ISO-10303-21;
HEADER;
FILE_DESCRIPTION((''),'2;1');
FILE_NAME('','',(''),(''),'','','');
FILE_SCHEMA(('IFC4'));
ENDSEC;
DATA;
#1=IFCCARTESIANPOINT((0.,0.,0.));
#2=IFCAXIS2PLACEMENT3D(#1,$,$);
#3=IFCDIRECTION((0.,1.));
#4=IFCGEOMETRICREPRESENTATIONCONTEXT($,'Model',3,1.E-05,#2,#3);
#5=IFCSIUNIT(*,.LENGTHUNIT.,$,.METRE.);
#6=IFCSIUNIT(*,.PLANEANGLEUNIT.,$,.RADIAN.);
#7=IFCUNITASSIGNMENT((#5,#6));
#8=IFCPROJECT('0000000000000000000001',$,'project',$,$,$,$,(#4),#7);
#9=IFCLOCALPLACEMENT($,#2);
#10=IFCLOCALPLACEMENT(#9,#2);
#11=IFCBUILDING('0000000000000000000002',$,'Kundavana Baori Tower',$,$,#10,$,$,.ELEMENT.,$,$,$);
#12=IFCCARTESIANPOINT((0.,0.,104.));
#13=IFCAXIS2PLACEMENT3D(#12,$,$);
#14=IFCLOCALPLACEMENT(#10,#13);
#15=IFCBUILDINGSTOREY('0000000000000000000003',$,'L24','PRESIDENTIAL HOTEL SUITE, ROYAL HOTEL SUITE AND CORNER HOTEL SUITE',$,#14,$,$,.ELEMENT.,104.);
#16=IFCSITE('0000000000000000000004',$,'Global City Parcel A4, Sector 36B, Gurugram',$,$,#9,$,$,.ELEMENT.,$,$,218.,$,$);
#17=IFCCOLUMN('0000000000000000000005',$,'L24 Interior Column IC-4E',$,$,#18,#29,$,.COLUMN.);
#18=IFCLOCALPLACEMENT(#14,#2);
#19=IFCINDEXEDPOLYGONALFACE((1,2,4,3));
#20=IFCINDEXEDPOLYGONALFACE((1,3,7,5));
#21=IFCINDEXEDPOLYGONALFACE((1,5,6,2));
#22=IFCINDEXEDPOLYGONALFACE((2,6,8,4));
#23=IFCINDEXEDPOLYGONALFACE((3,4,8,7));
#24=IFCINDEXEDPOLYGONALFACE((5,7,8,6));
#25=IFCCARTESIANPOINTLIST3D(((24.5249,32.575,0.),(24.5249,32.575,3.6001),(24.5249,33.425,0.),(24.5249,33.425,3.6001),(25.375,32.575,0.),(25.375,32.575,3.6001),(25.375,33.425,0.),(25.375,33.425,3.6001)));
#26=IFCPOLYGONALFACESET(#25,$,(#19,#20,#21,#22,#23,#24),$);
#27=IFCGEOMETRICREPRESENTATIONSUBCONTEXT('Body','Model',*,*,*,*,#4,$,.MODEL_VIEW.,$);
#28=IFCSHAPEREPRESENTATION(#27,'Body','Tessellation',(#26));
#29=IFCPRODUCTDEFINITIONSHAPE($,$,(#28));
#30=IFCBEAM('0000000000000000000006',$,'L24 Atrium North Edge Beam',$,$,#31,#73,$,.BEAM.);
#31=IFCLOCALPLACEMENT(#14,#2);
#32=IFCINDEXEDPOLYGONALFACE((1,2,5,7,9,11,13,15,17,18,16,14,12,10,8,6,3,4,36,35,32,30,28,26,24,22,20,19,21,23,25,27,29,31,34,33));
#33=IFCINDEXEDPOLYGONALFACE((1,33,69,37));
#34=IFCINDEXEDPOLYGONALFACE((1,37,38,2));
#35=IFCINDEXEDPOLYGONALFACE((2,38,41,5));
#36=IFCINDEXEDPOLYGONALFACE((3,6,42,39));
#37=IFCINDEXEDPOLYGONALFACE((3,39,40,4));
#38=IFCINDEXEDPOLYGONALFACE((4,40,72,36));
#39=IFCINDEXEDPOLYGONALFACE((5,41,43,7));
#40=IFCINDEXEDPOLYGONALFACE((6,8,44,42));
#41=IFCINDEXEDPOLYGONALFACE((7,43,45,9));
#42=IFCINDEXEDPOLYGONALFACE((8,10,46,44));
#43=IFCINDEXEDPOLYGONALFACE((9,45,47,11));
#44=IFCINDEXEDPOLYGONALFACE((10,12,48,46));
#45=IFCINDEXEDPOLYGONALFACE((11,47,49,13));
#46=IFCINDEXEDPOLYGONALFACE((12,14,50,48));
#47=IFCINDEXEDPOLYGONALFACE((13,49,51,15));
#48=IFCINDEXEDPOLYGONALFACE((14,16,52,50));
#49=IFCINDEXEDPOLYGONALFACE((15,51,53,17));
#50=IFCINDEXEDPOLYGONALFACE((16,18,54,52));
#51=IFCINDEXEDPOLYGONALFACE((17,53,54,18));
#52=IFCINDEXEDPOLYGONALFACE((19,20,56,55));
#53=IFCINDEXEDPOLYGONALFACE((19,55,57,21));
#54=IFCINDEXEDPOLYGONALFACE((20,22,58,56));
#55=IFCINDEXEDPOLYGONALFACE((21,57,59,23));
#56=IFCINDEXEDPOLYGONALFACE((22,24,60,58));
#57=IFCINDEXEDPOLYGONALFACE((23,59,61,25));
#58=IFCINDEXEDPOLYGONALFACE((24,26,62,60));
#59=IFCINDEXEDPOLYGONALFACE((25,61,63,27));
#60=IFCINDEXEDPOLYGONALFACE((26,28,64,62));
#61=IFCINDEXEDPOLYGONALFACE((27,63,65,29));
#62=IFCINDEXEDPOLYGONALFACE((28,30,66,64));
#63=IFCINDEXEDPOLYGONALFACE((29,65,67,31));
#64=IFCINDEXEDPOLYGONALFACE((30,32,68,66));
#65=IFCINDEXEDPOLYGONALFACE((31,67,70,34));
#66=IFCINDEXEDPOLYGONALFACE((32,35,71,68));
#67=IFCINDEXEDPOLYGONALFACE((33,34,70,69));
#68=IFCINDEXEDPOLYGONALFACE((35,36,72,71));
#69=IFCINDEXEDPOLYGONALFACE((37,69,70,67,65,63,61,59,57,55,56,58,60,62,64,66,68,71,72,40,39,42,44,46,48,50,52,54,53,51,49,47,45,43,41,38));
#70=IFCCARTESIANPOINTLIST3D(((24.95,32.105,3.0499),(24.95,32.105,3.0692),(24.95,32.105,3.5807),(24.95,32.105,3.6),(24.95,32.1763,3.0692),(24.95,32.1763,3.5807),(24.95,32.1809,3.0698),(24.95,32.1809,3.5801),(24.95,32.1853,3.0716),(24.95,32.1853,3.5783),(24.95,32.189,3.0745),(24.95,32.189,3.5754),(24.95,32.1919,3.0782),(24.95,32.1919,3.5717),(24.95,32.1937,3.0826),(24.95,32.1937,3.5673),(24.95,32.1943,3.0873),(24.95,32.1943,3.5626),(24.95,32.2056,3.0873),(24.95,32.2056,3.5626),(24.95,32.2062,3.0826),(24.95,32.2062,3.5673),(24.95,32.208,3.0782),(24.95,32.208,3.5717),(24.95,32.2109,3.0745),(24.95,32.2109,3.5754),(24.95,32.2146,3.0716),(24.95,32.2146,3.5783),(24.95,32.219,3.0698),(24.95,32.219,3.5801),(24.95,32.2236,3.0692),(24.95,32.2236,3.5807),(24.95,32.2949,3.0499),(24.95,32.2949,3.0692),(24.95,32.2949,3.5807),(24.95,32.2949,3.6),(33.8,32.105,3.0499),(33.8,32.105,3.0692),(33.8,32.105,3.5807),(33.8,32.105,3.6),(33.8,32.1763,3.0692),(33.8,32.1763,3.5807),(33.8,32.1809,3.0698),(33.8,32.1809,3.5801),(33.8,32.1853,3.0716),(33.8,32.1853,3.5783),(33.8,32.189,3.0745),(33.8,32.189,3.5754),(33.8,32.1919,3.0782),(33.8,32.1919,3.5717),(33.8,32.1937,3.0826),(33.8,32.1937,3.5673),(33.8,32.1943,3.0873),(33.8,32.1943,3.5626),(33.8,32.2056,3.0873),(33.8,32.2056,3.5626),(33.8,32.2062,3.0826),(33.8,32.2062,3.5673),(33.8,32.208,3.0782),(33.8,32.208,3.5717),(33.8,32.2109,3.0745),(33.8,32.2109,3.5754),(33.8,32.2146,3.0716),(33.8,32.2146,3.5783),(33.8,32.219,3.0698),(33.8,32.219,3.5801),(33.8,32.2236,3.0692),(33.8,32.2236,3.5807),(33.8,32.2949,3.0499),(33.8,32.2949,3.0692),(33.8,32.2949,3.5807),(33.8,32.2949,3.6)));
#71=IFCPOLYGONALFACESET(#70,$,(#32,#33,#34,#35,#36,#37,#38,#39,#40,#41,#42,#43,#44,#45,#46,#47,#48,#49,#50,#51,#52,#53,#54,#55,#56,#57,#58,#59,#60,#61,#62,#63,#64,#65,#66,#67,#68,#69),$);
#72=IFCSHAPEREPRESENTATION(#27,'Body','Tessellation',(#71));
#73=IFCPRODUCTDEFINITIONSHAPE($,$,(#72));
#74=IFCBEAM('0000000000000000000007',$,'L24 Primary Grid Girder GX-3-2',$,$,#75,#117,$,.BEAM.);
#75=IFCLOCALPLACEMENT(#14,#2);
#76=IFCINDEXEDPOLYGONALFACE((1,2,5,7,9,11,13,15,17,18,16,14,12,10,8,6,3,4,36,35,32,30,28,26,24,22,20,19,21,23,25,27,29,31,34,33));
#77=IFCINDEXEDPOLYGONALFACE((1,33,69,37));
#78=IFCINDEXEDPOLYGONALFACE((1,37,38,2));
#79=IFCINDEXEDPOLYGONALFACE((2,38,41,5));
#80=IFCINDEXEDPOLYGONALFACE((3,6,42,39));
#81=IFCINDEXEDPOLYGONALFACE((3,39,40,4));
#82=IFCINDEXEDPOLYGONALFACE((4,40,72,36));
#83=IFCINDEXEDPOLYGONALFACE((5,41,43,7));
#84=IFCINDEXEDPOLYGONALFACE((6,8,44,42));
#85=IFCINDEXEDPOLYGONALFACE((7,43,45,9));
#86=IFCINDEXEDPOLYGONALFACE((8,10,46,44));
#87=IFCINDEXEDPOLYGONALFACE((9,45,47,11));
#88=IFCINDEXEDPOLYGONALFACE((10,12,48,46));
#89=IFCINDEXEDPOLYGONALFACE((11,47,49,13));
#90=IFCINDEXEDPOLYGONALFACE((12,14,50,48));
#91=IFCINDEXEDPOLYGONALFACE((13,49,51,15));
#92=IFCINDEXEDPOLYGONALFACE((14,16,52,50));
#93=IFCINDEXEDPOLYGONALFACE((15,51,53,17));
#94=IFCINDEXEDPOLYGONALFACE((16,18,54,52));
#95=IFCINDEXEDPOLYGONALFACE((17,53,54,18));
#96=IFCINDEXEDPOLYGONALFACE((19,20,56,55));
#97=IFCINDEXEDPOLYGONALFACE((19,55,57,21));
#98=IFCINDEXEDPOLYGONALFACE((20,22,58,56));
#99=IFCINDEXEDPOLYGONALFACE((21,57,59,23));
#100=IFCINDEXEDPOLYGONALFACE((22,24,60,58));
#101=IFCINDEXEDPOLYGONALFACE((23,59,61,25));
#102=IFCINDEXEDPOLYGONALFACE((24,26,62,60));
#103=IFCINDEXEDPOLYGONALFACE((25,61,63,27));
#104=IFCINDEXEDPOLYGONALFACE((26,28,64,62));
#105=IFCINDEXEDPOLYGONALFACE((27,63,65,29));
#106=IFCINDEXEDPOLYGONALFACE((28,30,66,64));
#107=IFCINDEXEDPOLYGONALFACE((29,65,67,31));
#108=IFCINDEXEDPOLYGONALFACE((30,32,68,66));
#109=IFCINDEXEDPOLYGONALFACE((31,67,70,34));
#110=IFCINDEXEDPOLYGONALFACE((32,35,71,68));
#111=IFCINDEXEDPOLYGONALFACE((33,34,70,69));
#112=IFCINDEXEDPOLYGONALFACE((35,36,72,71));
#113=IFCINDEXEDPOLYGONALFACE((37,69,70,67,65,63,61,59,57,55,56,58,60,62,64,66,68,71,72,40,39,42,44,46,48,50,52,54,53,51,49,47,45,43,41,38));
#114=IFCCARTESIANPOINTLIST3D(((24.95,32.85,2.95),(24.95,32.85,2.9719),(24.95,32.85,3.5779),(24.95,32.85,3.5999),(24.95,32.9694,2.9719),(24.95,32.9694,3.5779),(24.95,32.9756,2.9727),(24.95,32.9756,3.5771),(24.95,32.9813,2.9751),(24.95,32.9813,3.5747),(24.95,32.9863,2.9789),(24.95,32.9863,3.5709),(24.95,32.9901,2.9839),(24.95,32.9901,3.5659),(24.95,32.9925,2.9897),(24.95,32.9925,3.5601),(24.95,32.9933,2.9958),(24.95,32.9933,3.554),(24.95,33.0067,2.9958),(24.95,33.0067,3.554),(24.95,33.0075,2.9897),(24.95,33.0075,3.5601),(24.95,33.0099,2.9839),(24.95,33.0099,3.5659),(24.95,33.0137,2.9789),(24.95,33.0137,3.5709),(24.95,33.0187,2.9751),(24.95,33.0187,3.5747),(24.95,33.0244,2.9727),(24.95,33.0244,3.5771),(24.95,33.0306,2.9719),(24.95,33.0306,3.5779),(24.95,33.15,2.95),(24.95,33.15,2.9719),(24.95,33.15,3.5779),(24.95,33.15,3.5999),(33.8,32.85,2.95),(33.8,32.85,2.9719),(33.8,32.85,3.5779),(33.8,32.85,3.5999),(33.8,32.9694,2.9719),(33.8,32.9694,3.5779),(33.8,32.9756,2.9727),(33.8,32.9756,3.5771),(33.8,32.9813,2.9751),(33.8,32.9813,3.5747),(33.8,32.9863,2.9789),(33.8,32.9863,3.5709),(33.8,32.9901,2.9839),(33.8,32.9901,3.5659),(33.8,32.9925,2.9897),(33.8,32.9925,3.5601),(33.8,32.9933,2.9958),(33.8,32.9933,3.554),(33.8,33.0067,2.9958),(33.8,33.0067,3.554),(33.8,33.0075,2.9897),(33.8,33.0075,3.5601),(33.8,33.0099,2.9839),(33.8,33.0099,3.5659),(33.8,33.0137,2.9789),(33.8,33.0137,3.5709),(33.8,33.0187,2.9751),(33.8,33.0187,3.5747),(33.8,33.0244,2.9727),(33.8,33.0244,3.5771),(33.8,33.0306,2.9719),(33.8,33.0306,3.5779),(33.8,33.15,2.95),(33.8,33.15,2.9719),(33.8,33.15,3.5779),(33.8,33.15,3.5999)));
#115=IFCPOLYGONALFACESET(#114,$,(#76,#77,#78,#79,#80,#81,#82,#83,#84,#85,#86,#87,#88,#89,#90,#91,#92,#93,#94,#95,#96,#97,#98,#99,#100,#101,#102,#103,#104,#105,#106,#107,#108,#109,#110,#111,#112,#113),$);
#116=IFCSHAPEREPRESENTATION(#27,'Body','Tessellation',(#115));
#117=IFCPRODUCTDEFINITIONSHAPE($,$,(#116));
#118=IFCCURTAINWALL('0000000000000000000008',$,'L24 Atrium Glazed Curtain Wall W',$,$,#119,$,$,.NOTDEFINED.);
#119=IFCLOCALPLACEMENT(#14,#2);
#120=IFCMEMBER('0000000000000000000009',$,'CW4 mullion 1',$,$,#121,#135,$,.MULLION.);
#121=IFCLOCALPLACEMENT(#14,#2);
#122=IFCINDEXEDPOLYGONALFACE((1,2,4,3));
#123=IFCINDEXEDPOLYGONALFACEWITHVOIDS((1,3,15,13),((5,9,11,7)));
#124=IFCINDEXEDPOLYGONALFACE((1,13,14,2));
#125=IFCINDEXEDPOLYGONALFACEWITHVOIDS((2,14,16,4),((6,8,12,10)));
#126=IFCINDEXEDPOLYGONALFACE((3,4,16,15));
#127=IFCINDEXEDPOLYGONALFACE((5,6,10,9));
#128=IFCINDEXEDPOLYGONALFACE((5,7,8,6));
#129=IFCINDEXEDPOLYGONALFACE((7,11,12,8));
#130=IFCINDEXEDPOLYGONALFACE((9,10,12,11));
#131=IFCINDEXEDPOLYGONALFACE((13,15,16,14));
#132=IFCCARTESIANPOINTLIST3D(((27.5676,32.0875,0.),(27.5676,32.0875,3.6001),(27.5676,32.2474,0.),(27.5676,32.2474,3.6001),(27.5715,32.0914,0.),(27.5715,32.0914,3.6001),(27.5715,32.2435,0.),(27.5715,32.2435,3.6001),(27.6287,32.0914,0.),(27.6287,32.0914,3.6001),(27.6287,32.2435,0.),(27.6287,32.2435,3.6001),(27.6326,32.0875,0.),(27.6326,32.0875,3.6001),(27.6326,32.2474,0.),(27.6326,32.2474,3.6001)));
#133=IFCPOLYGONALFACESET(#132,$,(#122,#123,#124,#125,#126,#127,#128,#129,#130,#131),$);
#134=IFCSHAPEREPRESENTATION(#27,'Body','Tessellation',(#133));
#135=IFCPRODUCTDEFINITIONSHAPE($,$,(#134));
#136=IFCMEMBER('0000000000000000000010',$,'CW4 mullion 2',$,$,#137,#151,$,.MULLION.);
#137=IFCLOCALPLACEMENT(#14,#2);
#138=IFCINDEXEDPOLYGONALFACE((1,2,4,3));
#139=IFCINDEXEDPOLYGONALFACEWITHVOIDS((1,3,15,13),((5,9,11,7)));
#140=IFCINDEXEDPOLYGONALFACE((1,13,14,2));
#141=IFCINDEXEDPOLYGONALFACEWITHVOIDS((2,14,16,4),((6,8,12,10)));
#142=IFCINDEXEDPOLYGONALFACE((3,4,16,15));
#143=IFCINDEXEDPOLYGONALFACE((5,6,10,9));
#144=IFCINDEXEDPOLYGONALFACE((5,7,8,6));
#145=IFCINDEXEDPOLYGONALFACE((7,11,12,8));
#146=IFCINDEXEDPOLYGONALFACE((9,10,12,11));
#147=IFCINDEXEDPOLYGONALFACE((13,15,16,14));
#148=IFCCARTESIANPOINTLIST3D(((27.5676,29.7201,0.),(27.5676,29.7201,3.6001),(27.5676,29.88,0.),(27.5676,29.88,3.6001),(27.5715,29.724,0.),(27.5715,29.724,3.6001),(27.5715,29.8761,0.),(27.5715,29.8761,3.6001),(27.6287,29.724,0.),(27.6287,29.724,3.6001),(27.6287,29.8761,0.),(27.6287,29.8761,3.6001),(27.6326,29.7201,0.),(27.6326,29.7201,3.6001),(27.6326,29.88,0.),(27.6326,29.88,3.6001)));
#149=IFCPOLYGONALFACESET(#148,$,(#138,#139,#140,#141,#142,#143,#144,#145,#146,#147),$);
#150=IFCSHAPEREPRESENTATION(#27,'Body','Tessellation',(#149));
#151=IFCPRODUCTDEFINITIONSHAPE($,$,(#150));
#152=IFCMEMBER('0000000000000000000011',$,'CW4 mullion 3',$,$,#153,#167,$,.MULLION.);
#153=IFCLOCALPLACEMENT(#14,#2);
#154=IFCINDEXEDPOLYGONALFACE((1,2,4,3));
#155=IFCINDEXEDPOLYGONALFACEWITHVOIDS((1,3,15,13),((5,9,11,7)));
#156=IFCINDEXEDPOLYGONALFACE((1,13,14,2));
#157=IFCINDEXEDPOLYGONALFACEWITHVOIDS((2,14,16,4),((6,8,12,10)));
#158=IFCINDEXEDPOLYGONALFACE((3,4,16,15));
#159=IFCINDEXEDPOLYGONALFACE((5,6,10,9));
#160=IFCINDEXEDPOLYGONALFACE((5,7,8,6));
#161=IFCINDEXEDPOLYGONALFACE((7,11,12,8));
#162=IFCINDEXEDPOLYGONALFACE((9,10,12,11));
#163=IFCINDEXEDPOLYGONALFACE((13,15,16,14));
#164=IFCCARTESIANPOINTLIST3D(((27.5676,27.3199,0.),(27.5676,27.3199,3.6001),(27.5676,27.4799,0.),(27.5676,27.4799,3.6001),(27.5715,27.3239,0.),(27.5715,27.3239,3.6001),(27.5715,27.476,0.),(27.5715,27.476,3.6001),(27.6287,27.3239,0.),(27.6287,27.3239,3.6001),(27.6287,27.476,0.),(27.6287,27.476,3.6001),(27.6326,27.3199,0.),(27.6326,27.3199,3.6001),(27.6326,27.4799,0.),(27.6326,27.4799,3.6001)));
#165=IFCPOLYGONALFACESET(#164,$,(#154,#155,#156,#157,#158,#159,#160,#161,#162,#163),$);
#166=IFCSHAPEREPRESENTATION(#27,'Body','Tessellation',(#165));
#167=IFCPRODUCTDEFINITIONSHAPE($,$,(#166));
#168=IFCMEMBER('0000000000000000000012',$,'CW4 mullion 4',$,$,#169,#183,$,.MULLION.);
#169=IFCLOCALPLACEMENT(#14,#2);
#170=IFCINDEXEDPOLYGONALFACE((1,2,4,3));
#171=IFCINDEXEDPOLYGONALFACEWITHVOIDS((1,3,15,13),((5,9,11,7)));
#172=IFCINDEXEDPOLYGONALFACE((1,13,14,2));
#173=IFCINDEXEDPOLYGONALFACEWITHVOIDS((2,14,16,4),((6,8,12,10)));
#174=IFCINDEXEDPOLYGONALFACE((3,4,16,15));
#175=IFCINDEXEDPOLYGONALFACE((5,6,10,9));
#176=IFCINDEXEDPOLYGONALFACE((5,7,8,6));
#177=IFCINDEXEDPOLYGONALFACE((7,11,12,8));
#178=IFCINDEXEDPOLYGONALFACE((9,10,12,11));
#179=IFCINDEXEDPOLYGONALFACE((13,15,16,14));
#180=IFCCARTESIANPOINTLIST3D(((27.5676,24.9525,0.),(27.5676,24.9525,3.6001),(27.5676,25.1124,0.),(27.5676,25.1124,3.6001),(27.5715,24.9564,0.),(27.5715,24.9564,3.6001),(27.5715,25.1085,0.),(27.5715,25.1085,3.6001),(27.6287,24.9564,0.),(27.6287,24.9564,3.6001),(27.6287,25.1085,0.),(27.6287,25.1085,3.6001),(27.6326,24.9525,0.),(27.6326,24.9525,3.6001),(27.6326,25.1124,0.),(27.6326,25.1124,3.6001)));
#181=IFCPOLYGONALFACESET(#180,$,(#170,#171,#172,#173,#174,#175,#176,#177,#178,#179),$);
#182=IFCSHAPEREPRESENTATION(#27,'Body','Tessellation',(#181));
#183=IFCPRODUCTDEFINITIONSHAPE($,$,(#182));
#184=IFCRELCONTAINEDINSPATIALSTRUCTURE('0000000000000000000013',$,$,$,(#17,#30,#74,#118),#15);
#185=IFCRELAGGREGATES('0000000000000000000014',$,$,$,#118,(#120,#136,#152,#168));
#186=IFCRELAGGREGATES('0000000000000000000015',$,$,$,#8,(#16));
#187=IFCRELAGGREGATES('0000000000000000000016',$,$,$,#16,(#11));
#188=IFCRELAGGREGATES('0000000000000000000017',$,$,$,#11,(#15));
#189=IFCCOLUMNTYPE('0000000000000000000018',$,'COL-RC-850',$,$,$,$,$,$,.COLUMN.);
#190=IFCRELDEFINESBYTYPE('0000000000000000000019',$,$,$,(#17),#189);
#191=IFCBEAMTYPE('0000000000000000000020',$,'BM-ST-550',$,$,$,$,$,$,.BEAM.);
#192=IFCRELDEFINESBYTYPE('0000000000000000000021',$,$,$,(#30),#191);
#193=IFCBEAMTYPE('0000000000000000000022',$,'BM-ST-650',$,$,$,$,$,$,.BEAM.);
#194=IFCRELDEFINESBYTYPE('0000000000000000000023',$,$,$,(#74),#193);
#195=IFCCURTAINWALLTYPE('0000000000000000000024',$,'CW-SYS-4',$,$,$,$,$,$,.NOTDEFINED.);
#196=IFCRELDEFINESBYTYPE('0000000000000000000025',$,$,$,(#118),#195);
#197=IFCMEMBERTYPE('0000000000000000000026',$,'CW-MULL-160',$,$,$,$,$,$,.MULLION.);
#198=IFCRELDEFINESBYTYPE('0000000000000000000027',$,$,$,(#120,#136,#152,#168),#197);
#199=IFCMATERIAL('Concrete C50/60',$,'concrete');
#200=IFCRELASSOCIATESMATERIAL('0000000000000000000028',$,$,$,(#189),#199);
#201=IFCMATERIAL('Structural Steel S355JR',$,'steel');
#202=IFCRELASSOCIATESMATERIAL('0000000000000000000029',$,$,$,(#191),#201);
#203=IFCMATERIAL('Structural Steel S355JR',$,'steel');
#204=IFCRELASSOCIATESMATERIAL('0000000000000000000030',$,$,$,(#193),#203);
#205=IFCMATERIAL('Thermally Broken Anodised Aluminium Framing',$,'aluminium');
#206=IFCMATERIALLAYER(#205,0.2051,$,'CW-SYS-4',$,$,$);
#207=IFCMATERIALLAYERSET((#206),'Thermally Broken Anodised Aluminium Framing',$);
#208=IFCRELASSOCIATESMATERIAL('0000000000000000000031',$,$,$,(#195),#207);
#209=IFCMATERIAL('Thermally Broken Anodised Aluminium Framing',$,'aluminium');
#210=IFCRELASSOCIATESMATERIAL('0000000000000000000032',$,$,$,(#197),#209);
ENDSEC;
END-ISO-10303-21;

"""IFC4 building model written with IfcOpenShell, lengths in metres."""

from ifc_helpers import new_model, si_unit, direction, frame, origin, origin_2d, place, context, subcontext, project, spatial, rectangle, hollow_rectangle, i_section, extrude, material, layer, layer_set, material_profile, profile_set, type_object, element, aggregate, save


model = new_model("IFC4")

# Units and contexts
model_context = context("Model", 3, precision=1e-05, world=origin(), true_north=direction((0.0, 1.0)))
body_context = subcontext(model_context, "Body", "Model", "MODEL_VIEW")
ifc_project = project(units=[si_unit("LENGTHUNIT", "METRE"), si_unit("PLANEANGLEUNIT", "RADIAN")], contexts=[model_context])

# Site, building, storey
site_placement = place(None, origin())
site = spatial("IfcSite", under=ifc_project, at=site_placement, Name="Global City Parcel A4, Sector 36B, Gurugram", CompositionType="ELEMENT", RefElevation=218.0)
building_placement = place(site_placement, origin())
building = spatial("IfcBuilding", under=site, at=building_placement, Name="Kundavana Baori Tower", CompositionType="ELEMENT")
storey_placement = place(building_placement, frame((0.0, 0.0, 104.0)))
storey = spatial("IfcBuildingStorey", under=building, at=storey_placement, Name="L24", Description="PRESIDENTIAL HOTEL SUITE, ROYAL HOTEL SUITE AND CORNER HOTEL SUITE", CompositionType="ELEMENT", Elevation=104.0)

# Column
ifc_material_1 = material(Name="Concrete C50/60", Category="concrete")
ifc_material_profile_1 = material_profile(ifc_material_1, rectangle(XDim=0.8501, YDim=0.8501, at=origin_2d()), Name="RC 850x850")
ifc_profile_set_1 = profile_set([ifc_material_profile_1], Name="Concrete C50/60")
column_type = type_object("IfcColumnType", Name="COL-RC-850", PredefinedType="COLUMN", material=ifc_profile_set_1)
column_placement = place(storey_placement, frame((24.95, 33.0, 0.0), z_axis=(0.0, 0.0, 1.0), x_axis=(1.0, 0.0, 0.0)))
element("IfcColumn", 1, at=column_placement, inside=storey, type_object=column_type, Name="L24 Interior Column IC-4E", PredefinedType="COLUMN", context=body_context, shape_type="SweptSolid", body=[
    extrude(rectangle(XDim=0.8501, YDim=0.8501, at=origin_2d()), origin(), (0.0, 0.0, 1.0), 3.6001),
])

# Beams
ifc_material_2 = material(Name="Structural Steel S355JR", Category="steel")
ifc_material_profile_2 = material_profile(ifc_material_2, i_section(OverallWidth=0.1899, OverallDepth=0.55, WebThickness=0.0112, FlangeThickness=0.0193, FilletRadius=0.0181, at=origin_2d()), Name="ISMB 550")
ifc_profile_set_2 = profile_set([ifc_material_profile_2], Name="Structural Steel S355JR")
beam_type_1 = type_object("IfcBeamType", Name="BM-ST-550", PredefinedType="BEAM", material=ifc_profile_set_2)
beam_1_placement = place(storey_placement, frame((24.95, 32.2, 3.325), z_axis=(1.0, 0.0, 0.0), x_axis=(0.0, 1.0, 0.0)))
element("IfcBeam", 2, at=beam_1_placement, inside=storey, type_object=beam_type_1, Name="L24 Atrium North Edge Beam", PredefinedType="BEAM", context=body_context, shape_type="SweptSolid", body=[
    extrude(i_section(OverallWidth=0.1899, OverallDepth=0.55, WebThickness=0.0112, FlangeThickness=0.0193, FilletRadius=0.0181, at=origin_2d()), origin(), (0.0, 0.0, 1.0), 8.8501),
])
ifc_material_3 = material(Name="Structural Steel S355JR", Category="steel")
ifc_material_profile_3 = material_profile(ifc_material_3, i_section(OverallWidth=0.3, OverallDepth=0.6499, WebThickness=0.0134, FlangeThickness=0.022, FilletRadius=0.0239, at=origin_2d()), Name="NPB 650x300x155")
ifc_profile_set_3 = profile_set([ifc_material_profile_3], Name="Structural Steel S355JR")
beam_type_2 = type_object("IfcBeamType", Name="BM-ST-650", PredefinedType="BEAM", material=ifc_profile_set_3)
beam_2_placement = place(storey_placement, frame((24.95, 33.0, 3.2749), z_axis=(1.0, 0.0, 0.0), x_axis=(0.0, 1.0, 0.0)))
element("IfcBeam", 3, at=beam_2_placement, inside=storey, type_object=beam_type_2, Name="L24 Primary Grid Girder GX-3-2", PredefinedType="BEAM", context=body_context, shape_type="SweptSolid", body=[
    extrude(i_section(OverallWidth=0.3, OverallDepth=0.6499, WebThickness=0.0134, FlangeThickness=0.022, FilletRadius=0.0239, at=origin_2d()), origin(), (0.0, 0.0, 1.0), 8.8501),
])

# Curtain wall, members
ifc_material_4 = material(Name="Thermally Broken Anodised Aluminium Framing", Category="aluminium")
ifc_layer_1 = layer(ifc_material_4, 0.2051, Name="CW-SYS-4")
ifc_layer_set_1 = layer_set([ifc_layer_1], Name="Thermally Broken Anodised Aluminium Framing")
curtain_wall_type = type_object("IfcCurtainWallType", Name="CW-SYS-4", PredefinedType="NOTDEFINED", material=ifc_layer_set_1)
curtain_wall_placement = place(storey_placement, origin())
curtain_wall = element("IfcCurtainWall", 4, at=curtain_wall_placement, inside=storey, type_object=curtain_wall_type, Name="L24 Atrium Glazed Curtain Wall W", PredefinedType="NOTDEFINED")
ifc_material_5 = material(Name="Thermally Broken Anodised Aluminium Framing", Category="aluminium")
ifc_material_profile_4 = material_profile(ifc_material_5, hollow_rectangle(XDim=0.0649, YDim=0.1599, WallThickness=0.0039, at=origin_2d()), Name="CW-MULL-160")
ifc_profile_set_4 = profile_set([ifc_material_profile_4], Name="Thermally Broken Anodised Aluminium Framing")
member_type_1 = type_object("IfcMemberType", Name="CW-MULL-160", PredefinedType="MULLION", material=ifc_profile_set_4)
member_1_placement = place(storey_placement, frame((27.6001, 32.1675, 0.0), z_axis=(0.0, 0.0, 1.0), x_axis=(1.0, 0.0, 0.0)))
member_1 = element("IfcMember", 5, at=member_1_placement, type_object=member_type_1, Name="CW4 mullion 1", PredefinedType="MULLION", context=body_context, shape_type="SweptSolid", body=[
    extrude(hollow_rectangle(XDim=0.0649, YDim=0.1599, WallThickness=0.0039, at=origin_2d()), origin(), (0.0, 0.0, 1.0), 3.6001),
])
member_2_placement = place(storey_placement, frame((27.6001, 29.8, 0.0), z_axis=(0.0, 0.0, 1.0), x_axis=(1.0, 0.0, 0.0)))
member_2 = element("IfcMember", 6, at=member_2_placement, type_object=member_type_1, Name="CW4 mullion 2", PredefinedType="MULLION", context=body_context, shape_type="SweptSolid", body=[
    extrude(hollow_rectangle(XDim=0.0649, YDim=0.1599, WallThickness=0.0039, at=origin_2d()), origin(), (0.0, 0.0, 1.0), 3.6001),
])
member_3_placement = place(storey_placement, frame((27.6001, 27.3999, 0.0), z_axis=(0.0, 0.0, 1.0), x_axis=(1.0, 0.0, 0.0)))
member_3 = element("IfcMember", 7, at=member_3_placement, type_object=member_type_1, Name="CW4 mullion 3", PredefinedType="MULLION", context=body_context, shape_type="SweptSolid", body=[
    extrude(hollow_rectangle(XDim=0.0649, YDim=0.1599, WallThickness=0.0039, at=origin_2d()), origin(), (0.0, 0.0, 1.0), 3.6001),
])
member_4_placement = place(storey_placement, frame((27.6001, 25.0325, 0.0), z_axis=(0.0, 0.0, 1.0), x_axis=(1.0, 0.0, 0.0)))
member_4 = element("IfcMember", 8, at=member_4_placement, type_object=member_type_1, Name="CW4 mullion 4", PredefinedType="MULLION", context=body_context, shape_type="SweptSolid", body=[
    extrude(hollow_rectangle(XDim=0.0649, YDim=0.1599, WallThickness=0.0039, at=origin_2d()), origin(), (0.0, 0.0, 1.0), 3.6001),
])
aggregate(curtain_wall, [member_1, member_2, member_3, member_4])

save(model, "model.ifc")
